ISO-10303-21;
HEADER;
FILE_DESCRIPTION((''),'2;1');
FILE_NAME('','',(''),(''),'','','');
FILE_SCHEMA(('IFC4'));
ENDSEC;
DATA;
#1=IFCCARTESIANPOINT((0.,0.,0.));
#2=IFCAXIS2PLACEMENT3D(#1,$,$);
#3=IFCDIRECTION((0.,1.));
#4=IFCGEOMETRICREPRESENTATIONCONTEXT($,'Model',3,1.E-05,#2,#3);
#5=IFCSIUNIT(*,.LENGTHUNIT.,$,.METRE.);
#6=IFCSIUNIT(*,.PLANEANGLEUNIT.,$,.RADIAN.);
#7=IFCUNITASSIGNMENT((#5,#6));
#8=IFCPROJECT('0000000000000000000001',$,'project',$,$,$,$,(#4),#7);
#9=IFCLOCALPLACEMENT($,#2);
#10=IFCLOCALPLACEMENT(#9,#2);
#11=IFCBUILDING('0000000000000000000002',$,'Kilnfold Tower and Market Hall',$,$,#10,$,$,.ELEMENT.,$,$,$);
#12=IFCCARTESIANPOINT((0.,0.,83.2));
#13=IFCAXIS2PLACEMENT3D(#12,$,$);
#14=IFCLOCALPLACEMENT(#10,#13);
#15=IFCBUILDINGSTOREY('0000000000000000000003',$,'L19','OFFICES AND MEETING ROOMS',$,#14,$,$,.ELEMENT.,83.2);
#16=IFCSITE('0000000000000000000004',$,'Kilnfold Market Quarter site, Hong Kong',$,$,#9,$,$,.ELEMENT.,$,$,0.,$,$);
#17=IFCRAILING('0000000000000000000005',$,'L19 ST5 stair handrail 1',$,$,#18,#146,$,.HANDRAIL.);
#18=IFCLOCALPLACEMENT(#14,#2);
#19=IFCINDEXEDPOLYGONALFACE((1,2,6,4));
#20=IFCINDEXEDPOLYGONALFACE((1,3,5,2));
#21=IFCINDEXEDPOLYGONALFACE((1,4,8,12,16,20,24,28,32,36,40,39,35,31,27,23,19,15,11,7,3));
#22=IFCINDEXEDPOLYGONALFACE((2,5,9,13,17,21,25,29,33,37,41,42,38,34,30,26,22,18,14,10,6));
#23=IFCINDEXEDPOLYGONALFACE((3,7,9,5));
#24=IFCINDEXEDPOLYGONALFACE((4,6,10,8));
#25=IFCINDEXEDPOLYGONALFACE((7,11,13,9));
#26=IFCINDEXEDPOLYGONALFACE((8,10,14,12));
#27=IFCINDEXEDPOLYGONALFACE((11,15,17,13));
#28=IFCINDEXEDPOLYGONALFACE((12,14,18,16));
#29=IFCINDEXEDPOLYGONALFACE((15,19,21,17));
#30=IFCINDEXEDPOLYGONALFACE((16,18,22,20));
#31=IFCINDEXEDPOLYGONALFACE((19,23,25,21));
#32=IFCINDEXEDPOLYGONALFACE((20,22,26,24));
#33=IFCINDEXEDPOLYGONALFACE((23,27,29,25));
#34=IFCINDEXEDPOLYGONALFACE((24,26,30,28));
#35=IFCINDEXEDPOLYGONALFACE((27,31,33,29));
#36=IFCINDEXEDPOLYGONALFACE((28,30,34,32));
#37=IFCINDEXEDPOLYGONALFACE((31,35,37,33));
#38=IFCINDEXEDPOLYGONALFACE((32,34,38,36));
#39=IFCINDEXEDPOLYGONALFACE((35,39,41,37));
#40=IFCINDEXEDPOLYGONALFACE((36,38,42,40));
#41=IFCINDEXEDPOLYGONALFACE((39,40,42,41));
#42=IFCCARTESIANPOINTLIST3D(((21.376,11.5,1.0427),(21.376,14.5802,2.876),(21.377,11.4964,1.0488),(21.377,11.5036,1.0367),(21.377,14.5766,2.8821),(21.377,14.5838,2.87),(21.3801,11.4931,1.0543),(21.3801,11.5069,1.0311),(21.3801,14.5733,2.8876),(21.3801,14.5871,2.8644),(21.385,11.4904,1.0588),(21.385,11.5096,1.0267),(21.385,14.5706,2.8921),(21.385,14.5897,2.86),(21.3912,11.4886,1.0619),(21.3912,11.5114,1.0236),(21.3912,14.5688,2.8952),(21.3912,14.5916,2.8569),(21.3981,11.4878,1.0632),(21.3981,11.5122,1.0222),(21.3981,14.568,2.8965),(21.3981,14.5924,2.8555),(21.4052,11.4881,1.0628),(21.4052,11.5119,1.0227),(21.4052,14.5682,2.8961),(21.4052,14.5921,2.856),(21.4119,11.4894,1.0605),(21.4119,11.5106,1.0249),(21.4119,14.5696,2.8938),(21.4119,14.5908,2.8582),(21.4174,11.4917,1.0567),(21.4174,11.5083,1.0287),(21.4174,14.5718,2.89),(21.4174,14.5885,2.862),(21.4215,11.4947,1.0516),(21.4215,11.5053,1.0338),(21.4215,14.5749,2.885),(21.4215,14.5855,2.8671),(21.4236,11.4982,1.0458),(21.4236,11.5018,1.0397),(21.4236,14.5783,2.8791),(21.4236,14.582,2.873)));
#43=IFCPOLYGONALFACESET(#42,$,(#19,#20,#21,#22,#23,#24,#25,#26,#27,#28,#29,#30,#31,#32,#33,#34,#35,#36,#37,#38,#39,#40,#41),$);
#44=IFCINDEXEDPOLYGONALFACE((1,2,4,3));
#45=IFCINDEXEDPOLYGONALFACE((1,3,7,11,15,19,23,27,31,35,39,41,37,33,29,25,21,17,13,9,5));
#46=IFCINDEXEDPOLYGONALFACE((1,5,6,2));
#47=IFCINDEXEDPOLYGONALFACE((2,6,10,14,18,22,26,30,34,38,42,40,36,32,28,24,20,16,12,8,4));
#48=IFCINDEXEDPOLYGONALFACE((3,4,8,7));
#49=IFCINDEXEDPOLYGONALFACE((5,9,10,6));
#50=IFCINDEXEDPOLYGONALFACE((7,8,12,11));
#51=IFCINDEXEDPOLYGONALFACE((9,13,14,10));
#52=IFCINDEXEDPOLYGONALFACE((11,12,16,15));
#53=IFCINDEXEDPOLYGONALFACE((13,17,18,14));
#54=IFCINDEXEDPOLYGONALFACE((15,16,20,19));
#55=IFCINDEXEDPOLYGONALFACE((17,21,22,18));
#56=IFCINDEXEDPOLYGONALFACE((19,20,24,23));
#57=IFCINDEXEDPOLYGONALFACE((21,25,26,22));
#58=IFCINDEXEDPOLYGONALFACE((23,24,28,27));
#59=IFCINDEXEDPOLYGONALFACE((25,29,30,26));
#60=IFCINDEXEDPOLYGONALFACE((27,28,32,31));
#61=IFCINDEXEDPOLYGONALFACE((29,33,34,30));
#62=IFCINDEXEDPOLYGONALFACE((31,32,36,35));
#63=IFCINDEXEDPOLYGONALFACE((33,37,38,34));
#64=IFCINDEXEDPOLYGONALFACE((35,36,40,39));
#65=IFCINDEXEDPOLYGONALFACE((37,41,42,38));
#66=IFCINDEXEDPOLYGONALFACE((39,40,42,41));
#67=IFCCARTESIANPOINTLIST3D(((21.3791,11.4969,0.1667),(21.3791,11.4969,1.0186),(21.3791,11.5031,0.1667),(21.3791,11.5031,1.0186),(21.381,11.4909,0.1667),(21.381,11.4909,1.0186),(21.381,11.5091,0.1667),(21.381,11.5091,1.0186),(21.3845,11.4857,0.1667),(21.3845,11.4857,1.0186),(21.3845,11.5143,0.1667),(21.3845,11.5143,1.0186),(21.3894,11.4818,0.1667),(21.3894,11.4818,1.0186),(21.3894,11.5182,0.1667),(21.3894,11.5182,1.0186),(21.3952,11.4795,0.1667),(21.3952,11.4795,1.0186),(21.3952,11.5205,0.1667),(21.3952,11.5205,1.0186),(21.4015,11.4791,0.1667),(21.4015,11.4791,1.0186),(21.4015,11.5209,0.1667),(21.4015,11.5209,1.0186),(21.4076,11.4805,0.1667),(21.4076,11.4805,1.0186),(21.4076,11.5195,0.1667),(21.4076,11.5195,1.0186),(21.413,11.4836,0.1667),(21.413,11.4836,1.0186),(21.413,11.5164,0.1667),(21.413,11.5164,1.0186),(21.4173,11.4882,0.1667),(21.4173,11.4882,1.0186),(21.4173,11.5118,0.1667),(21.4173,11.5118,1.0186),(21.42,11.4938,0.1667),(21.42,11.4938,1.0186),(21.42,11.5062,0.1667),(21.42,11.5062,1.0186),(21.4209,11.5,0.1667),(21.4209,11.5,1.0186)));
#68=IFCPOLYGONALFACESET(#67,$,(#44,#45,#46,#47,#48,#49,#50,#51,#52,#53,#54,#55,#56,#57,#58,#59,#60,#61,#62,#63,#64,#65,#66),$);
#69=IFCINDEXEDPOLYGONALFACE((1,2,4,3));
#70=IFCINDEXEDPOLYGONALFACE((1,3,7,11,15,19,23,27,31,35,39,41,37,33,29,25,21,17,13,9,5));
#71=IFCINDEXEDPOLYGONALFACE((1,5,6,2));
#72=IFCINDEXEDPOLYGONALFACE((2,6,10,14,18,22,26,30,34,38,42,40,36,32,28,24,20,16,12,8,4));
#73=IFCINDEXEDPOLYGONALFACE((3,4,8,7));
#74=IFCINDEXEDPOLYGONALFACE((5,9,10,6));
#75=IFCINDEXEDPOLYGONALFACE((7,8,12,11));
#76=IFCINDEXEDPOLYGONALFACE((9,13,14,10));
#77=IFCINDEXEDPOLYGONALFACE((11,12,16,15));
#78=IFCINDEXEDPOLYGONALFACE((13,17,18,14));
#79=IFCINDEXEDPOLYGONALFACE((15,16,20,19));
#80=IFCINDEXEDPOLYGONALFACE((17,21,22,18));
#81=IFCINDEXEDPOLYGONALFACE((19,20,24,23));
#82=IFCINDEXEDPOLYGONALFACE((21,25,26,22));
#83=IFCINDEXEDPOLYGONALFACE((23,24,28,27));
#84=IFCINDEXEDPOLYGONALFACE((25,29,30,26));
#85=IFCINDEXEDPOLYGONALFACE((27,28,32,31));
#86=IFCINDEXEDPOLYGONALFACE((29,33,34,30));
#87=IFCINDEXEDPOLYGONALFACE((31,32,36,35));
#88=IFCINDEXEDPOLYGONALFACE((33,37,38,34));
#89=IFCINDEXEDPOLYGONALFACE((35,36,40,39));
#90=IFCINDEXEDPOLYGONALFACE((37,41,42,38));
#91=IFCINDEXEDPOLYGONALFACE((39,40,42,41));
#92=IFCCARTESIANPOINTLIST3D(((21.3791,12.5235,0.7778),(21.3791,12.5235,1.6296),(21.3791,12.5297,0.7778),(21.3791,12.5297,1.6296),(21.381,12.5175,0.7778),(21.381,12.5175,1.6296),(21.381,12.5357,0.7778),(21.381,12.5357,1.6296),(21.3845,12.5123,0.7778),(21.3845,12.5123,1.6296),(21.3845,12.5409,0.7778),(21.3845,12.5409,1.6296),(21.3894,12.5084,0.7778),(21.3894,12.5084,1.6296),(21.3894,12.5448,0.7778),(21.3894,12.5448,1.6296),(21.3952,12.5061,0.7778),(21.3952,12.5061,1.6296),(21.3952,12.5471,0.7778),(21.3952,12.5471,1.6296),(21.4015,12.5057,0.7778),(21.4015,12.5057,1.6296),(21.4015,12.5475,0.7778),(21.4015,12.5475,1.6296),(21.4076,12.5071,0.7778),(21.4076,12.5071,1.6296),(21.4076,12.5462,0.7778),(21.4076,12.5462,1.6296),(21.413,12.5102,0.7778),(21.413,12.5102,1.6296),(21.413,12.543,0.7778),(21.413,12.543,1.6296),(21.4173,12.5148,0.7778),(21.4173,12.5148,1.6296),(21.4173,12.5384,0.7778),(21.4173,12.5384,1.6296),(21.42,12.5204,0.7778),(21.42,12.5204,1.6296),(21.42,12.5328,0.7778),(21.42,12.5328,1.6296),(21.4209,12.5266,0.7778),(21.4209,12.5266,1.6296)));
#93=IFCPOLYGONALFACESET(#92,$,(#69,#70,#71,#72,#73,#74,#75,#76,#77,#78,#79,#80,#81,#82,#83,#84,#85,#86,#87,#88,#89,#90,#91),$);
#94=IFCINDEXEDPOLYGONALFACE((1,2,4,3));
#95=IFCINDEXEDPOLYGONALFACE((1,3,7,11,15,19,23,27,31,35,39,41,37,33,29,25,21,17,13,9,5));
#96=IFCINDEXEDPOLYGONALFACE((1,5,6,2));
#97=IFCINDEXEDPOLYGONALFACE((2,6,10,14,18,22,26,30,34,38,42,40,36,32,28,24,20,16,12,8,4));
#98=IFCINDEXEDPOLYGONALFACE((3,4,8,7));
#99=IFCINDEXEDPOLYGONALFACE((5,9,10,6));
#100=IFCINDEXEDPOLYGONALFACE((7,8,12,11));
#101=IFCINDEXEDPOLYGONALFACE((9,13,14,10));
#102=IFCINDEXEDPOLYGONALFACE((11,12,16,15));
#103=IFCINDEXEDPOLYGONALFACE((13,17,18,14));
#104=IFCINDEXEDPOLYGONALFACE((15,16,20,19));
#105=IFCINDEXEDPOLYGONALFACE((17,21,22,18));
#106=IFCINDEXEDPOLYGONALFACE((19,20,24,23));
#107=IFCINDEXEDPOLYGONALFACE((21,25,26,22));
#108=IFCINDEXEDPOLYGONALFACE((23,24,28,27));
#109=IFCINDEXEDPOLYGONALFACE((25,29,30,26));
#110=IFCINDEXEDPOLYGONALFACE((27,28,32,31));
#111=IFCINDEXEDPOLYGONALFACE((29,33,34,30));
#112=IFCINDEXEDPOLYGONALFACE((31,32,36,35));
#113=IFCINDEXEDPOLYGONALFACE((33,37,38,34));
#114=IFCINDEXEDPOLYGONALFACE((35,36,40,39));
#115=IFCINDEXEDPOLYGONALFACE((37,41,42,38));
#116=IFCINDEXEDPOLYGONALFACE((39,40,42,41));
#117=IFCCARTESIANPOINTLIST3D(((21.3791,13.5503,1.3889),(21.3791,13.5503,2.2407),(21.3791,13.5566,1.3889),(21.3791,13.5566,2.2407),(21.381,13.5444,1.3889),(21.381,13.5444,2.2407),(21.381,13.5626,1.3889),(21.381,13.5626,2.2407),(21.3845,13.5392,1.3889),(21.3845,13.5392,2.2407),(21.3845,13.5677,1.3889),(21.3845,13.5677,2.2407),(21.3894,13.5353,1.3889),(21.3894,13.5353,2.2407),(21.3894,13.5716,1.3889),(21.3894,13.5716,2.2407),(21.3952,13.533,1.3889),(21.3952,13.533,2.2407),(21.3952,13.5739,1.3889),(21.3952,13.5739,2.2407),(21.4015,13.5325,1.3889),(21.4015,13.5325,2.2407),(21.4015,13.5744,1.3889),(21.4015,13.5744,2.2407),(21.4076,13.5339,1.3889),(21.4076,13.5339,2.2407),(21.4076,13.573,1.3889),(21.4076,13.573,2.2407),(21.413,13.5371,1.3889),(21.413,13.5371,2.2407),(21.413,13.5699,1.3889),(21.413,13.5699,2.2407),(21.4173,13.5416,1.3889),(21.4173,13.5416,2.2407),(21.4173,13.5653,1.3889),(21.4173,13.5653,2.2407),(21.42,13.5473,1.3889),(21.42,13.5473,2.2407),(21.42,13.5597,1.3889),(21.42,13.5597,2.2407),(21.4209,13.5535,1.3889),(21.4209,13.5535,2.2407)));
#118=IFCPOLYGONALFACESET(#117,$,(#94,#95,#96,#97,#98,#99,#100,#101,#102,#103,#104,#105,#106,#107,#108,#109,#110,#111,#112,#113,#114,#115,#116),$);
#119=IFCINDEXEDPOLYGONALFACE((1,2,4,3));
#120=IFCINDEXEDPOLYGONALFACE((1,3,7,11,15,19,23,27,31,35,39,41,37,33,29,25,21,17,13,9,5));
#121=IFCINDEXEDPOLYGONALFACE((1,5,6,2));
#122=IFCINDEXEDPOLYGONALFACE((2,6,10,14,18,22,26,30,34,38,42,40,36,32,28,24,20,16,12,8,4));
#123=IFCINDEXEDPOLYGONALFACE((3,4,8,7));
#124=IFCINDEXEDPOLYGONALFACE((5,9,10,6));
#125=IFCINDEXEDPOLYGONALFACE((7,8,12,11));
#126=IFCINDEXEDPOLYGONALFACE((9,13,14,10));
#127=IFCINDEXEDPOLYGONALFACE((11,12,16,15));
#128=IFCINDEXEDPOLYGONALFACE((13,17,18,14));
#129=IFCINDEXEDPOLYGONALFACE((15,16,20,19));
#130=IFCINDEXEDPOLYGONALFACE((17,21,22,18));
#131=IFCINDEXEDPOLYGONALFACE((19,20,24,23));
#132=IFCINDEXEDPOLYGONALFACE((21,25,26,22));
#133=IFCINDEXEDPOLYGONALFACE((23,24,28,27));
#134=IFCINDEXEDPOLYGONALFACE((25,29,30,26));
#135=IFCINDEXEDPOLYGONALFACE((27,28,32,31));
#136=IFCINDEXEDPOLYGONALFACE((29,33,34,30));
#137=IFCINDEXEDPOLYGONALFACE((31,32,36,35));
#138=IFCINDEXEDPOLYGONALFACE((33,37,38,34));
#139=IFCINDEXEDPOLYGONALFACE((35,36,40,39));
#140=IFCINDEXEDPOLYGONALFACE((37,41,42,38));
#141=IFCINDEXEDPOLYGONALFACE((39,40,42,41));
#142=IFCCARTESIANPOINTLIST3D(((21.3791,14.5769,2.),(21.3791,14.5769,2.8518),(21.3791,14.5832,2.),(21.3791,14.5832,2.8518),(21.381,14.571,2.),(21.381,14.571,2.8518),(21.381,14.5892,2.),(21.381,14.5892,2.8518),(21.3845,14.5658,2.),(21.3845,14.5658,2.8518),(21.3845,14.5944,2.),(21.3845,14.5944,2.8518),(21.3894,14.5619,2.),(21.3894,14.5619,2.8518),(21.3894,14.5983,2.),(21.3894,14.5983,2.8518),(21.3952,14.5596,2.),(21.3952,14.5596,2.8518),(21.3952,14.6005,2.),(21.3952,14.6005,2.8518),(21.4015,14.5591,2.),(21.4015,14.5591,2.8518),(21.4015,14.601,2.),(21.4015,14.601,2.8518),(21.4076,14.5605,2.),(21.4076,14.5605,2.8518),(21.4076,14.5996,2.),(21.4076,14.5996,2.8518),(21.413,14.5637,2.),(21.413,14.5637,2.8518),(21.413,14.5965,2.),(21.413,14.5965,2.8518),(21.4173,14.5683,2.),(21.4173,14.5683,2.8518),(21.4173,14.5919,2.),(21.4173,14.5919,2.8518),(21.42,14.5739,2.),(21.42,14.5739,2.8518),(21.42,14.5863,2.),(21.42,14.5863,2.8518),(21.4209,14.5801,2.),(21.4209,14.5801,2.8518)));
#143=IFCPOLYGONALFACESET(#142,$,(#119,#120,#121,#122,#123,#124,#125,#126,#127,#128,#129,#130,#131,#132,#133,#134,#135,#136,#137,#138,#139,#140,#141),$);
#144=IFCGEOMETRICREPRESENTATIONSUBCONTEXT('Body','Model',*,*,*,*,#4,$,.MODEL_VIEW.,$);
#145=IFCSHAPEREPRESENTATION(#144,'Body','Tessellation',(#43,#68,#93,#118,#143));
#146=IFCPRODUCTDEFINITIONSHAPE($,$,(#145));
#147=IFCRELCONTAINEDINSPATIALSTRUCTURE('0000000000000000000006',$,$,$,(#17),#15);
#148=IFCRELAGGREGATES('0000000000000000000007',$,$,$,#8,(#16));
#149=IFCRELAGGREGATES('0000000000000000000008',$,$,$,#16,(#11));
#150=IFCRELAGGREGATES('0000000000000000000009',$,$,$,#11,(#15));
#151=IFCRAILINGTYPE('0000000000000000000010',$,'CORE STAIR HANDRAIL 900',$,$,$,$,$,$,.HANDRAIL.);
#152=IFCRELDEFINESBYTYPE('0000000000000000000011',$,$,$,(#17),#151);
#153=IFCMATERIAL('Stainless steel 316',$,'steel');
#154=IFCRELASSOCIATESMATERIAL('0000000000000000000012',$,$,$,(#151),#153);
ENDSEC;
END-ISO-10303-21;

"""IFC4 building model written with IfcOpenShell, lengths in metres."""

from ifc_helpers import new_model, si_unit, direction, frame, origin, origin_2d, place, context, subcontext, project, spatial, circle, extrude, material, type_object, element, save


model = new_model("IFC4")

# Units and contexts
model_context = context("Model", 3, precision=1e-05, world=origin(), true_north=direction((0.0, 1.0)))
body_context = subcontext(model_context, "Body", "Model", "MODEL_VIEW")
ifc_project = project(units=[si_unit("LENGTHUNIT", "METRE"), si_unit("PLANEANGLEUNIT", "RADIAN")], contexts=[model_context])

# Site, building, storey
site_placement = place(None, origin())
site = spatial("IfcSite", under=ifc_project, at=site_placement, Name="Kilnfold Market Quarter site, Hong Kong", CompositionType="ELEMENT", RefElevation=0.0)
building_placement = place(site_placement, origin())
building = spatial("IfcBuilding", under=site, at=building_placement, Name="Kilnfold Tower and Market Hall", CompositionType="ELEMENT")
storey_placement = place(building_placement, frame((0.0, 0.0, 83.2)))
storey = spatial("IfcBuildingStorey", under=building, at=storey_placement, Name="L19", Description="OFFICES AND MEETING ROOMS", CompositionType="ELEMENT", Elevation=83.2)

# Railing
ifc_material_1 = material(Name="Stainless steel 316", Category="steel")
railing_type_1 = type_object("IfcRailingType", Name="CORE STAIR HANDRAIL 900", PredefinedType="HANDRAIL", material=ifc_material_1)
railing_1_placement = place(storey_placement, frame((21.3999, 11.5, 0.1667)))
element("IfcRailing", 1, at=railing_1_placement, inside=storey, type_object=railing_type_1, Name="L19 ST5 stair handrail 1", PredefinedType="HANDRAIL", context=body_context, shape_type="SweptSolid", body=[
    extrude(circle(Radius=0.0239, at=origin_2d()), frame((0.0, 0.0, 0.876), z_axis=(0.0, 0.859309, 0.511458), x_axis=(-1.0, 0.0, 0.0)), (0.0, 0.0, 1.0), 3.5845),
    extrude(circle(Radius=0.021, at=origin_2d()), origin(), (0.0, 0.0, 1.0), 0.8518),
    extrude(circle(Radius=0.021, at=origin_2d()), frame((0.0, 1.0266, 0.6111)), (0.0, 0.0, 1.0), 0.8518),
    extrude(circle(Radius=0.021, at=origin_2d()), frame((0.0, 2.0535, 1.2222)), (0.0, 0.0, 1.0), 0.8518),
    extrude(circle(Radius=0.021, at=origin_2d()), frame((0.0, 3.0801, 1.8333)), (0.0, 0.0, 1.0), 0.8518),
])

save(model, "model.ifc")
